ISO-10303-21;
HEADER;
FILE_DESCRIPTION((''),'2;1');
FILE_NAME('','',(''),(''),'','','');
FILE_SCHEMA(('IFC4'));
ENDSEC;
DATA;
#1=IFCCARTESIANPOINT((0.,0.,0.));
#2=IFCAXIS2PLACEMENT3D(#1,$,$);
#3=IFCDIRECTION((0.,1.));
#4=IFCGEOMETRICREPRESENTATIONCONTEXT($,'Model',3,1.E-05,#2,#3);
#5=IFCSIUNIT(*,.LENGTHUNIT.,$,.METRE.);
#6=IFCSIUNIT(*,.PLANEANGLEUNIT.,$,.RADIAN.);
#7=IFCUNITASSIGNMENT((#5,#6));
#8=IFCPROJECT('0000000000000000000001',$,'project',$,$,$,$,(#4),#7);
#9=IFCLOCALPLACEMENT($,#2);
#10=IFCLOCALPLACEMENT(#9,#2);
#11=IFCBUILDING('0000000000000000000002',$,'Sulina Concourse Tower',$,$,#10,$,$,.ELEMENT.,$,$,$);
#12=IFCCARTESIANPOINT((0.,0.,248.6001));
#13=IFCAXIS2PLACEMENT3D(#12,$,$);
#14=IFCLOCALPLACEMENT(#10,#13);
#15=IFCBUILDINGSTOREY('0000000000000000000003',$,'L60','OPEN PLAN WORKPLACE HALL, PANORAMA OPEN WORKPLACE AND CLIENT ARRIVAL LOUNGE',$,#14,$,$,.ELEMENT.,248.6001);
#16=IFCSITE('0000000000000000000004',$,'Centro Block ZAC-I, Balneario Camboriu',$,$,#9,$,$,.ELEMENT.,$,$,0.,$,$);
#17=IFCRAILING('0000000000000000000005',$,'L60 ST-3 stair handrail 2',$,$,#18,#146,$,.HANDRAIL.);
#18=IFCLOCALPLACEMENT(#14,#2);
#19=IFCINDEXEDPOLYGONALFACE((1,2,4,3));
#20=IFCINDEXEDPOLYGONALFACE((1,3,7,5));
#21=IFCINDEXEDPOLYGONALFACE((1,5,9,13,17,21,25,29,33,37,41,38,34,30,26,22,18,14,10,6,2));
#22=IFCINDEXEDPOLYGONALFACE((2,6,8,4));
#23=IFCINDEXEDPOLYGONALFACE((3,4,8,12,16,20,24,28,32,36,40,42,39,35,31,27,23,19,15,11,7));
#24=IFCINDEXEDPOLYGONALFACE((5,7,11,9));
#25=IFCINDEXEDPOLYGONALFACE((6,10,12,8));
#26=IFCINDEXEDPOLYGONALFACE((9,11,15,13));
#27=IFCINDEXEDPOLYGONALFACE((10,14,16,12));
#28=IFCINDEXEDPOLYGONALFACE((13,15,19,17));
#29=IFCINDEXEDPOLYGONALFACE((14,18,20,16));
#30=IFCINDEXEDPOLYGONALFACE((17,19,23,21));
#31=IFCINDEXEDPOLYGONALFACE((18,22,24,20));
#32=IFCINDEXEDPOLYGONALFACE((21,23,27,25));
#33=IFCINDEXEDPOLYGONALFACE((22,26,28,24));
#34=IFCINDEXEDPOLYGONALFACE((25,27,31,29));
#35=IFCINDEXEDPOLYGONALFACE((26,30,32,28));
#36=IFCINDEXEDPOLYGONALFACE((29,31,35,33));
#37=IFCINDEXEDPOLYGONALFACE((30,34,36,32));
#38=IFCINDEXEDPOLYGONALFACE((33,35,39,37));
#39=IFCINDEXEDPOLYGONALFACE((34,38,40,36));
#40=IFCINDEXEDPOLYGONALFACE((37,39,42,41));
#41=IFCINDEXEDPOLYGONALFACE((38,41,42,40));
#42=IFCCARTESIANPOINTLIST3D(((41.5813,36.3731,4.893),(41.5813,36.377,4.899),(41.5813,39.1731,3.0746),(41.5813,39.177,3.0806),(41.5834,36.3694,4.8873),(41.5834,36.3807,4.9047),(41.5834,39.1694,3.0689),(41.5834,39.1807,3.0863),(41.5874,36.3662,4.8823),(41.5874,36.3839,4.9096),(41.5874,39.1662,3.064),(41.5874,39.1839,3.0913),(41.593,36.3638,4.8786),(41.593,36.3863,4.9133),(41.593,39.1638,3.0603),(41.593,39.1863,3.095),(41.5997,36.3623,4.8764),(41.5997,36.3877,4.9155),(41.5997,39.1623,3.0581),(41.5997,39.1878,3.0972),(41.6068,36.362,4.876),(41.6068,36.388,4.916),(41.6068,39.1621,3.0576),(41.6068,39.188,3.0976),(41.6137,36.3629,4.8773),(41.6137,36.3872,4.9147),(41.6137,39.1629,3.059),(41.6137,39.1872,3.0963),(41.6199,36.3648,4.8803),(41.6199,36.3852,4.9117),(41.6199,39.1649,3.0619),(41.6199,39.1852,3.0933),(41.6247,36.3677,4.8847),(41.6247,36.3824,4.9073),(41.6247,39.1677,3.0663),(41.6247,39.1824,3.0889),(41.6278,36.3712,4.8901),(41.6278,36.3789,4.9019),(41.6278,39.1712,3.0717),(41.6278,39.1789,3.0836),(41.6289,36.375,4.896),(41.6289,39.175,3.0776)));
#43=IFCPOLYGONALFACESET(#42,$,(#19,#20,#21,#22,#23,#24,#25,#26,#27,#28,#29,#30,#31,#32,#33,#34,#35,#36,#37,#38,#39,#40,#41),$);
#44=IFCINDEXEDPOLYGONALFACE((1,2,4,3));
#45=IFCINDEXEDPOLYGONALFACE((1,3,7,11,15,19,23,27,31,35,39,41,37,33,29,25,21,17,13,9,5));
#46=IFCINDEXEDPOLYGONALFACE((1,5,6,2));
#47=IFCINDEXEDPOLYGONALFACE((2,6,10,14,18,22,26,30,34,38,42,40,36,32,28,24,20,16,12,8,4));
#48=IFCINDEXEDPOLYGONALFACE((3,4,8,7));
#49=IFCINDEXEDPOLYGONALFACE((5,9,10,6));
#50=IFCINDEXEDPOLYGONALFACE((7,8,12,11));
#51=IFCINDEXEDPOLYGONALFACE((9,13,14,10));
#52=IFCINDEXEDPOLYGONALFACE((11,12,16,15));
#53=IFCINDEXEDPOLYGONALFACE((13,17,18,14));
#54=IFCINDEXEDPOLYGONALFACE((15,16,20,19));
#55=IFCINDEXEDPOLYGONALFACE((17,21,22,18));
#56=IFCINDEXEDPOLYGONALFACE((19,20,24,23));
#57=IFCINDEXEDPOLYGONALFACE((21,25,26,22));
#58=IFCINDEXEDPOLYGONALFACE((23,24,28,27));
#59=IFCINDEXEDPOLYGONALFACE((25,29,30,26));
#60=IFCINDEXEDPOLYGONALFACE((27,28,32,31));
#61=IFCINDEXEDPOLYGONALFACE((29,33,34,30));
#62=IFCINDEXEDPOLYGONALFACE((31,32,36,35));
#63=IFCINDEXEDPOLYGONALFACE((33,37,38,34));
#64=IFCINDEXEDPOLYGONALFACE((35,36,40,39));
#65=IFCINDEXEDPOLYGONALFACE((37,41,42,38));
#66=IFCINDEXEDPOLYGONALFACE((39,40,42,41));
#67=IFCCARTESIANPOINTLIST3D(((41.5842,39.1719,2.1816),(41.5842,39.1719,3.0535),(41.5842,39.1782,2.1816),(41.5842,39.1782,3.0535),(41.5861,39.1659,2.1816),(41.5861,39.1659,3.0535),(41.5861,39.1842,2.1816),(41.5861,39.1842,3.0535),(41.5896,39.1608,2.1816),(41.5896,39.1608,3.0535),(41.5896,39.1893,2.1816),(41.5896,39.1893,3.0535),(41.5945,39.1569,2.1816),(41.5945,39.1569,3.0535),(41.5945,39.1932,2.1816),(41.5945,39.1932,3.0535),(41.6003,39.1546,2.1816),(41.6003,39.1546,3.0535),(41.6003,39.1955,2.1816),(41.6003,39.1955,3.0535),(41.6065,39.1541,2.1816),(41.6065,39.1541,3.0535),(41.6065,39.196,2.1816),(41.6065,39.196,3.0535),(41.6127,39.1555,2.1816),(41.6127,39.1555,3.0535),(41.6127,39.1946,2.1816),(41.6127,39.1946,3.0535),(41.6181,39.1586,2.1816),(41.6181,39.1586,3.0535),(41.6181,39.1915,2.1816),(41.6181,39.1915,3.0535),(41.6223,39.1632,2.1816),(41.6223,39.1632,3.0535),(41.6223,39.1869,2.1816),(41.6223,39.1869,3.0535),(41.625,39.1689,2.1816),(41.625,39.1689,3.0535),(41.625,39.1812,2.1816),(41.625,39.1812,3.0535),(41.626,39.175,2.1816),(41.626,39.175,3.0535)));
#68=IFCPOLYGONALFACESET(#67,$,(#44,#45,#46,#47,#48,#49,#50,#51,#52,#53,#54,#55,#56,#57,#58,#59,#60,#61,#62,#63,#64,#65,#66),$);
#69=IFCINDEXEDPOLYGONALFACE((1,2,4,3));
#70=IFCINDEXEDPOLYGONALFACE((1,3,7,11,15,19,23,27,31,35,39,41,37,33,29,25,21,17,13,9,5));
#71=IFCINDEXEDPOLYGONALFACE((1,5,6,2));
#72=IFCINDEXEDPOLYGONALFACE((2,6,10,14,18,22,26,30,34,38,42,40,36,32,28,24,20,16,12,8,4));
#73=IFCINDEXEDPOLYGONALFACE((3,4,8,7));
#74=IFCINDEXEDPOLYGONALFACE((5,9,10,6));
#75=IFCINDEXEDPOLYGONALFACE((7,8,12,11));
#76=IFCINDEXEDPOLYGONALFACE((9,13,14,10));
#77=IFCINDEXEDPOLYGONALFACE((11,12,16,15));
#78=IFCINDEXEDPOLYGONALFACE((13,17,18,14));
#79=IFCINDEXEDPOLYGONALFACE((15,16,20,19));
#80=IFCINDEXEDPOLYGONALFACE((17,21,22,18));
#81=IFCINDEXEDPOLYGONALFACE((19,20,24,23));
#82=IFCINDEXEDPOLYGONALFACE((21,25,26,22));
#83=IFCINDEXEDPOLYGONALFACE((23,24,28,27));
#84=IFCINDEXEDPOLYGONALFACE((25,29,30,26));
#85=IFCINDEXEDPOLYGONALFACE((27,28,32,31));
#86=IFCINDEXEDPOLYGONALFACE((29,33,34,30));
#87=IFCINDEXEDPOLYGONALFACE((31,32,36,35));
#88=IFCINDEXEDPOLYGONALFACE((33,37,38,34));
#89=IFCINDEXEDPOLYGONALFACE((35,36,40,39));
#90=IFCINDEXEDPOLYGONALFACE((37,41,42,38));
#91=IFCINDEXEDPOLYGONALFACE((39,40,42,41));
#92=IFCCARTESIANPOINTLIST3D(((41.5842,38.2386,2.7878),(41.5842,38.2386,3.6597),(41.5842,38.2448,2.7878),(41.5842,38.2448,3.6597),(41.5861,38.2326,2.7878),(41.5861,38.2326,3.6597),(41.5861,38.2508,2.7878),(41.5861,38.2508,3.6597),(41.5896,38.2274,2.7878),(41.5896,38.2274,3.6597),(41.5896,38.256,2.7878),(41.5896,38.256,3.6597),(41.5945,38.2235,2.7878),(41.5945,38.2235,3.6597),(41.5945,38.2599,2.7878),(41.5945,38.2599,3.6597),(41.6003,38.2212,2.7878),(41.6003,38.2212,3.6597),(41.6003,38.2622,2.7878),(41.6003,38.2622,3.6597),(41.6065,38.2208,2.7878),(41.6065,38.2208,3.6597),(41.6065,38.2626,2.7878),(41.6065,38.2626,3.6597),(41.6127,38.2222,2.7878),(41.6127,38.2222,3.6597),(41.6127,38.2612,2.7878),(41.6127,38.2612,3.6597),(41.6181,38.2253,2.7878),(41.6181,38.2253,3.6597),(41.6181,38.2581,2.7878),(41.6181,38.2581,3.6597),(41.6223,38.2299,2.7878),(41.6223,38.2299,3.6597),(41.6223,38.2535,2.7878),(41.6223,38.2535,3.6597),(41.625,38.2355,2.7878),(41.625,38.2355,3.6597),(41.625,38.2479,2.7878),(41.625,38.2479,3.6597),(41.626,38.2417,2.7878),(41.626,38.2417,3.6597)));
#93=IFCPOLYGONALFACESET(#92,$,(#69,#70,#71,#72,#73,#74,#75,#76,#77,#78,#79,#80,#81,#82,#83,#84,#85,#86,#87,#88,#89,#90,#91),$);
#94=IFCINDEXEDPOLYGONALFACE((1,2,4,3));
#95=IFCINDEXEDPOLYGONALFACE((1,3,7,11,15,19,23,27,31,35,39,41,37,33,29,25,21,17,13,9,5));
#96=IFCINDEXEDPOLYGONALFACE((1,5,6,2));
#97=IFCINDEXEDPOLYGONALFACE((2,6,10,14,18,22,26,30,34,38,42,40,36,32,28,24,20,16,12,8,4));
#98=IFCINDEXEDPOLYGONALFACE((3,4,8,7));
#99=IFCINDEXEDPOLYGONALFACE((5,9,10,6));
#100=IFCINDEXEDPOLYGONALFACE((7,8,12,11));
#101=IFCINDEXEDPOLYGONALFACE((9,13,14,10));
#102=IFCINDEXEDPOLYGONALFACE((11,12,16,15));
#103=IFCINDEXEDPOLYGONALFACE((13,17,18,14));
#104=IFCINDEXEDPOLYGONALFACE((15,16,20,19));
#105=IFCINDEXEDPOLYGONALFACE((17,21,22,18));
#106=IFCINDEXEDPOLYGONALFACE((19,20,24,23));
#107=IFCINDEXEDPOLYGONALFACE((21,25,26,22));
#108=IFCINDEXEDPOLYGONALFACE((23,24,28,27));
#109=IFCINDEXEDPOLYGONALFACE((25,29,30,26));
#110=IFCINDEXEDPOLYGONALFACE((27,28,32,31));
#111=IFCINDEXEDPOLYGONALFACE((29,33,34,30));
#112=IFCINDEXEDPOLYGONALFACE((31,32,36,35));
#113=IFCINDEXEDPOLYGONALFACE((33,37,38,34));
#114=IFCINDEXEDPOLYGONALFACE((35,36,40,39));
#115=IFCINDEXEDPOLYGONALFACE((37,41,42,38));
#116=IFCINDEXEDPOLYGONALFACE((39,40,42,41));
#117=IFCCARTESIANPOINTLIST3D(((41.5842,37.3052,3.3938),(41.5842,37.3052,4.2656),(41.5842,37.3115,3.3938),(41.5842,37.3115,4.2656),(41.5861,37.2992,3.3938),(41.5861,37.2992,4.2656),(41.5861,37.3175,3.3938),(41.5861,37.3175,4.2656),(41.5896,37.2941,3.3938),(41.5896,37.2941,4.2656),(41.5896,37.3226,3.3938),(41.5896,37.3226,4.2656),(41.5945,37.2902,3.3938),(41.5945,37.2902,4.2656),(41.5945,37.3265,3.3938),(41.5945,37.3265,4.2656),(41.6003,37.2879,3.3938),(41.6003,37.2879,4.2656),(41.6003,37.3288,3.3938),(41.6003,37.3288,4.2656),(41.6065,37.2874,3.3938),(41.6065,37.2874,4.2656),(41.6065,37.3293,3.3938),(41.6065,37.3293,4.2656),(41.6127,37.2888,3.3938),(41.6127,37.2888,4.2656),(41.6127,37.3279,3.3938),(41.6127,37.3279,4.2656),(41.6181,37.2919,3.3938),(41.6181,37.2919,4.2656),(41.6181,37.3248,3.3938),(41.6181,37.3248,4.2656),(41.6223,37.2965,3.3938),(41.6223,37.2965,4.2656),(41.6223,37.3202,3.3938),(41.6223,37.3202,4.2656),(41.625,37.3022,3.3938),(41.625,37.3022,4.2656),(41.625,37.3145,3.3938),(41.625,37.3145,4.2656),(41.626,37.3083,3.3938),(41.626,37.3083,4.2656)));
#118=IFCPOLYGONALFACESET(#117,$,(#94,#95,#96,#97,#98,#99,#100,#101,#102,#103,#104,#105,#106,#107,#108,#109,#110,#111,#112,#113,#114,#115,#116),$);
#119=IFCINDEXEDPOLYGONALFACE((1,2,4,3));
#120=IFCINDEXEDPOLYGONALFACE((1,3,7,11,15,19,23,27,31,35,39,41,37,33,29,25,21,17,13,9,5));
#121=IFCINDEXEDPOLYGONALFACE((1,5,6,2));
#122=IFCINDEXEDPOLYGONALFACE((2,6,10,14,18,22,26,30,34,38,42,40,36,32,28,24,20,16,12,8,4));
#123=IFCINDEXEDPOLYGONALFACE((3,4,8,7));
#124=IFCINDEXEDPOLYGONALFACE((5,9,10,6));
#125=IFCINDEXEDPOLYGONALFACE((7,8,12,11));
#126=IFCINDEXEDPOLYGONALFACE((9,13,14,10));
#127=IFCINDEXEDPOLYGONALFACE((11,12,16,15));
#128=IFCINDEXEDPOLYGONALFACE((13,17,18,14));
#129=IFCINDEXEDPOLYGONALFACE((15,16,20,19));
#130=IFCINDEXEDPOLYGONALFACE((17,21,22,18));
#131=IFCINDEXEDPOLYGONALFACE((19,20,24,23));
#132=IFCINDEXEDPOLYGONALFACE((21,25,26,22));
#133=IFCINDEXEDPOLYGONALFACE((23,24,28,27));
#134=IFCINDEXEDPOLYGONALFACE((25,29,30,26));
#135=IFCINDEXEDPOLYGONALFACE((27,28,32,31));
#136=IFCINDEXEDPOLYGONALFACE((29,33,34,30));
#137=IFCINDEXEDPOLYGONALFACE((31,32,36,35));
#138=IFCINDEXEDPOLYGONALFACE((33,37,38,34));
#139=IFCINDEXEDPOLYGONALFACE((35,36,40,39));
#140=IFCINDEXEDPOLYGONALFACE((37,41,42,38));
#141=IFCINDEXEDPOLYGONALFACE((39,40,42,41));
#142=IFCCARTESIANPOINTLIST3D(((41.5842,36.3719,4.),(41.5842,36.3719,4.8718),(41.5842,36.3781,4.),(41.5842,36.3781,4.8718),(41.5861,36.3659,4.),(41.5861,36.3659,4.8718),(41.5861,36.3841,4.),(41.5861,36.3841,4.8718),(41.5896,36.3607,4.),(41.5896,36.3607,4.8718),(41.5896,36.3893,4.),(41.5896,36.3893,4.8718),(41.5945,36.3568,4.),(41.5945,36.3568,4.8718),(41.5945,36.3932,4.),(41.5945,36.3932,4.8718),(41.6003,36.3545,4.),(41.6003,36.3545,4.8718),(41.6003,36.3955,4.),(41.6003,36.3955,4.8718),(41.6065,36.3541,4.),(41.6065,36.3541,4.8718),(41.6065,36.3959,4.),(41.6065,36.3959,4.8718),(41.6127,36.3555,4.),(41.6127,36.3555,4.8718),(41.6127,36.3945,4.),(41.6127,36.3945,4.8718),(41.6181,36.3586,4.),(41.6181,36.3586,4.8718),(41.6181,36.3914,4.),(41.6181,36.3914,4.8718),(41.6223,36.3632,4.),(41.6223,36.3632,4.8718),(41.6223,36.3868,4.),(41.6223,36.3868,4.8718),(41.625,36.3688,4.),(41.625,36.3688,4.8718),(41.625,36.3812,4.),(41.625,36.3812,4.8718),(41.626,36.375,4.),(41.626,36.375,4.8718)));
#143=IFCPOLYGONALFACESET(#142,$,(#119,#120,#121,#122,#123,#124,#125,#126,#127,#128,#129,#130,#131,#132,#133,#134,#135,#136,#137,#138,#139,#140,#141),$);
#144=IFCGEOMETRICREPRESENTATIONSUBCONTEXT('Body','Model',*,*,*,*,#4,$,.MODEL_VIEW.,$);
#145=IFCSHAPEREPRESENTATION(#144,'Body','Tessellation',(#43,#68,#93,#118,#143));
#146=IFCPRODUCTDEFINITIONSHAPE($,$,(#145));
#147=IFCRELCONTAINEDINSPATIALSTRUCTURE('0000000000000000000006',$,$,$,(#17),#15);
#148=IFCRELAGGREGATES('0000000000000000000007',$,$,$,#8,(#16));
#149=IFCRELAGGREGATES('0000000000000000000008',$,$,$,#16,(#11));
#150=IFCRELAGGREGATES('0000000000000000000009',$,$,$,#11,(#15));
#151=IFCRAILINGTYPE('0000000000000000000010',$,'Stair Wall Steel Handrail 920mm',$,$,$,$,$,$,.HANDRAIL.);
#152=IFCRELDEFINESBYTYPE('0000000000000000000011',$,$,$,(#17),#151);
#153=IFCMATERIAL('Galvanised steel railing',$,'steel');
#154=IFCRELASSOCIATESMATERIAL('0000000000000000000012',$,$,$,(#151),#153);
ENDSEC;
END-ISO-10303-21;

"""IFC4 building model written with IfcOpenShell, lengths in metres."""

from ifc_helpers import new_model, si_unit, direction, frame, origin, origin_2d, place, context, subcontext, project, spatial, circle, extrude, material, type_object, element, save


model = new_model("IFC4")

# Units and contexts
model_context = context("Model", 3, precision=1e-05, world=origin(), true_north=direction((0.0, 1.0)))
body_context = subcontext(model_context, "Body", "Model", "MODEL_VIEW")
ifc_project = project(units=[si_unit("LENGTHUNIT", "METRE"), si_unit("PLANEANGLEUNIT", "RADIAN")], contexts=[model_context])

# Site, building, storey
site_placement = place(None, origin())
site = spatial("IfcSite", under=ifc_project, at=site_placement, Name="Centro Block ZAC-I, Balneario Camboriu", CompositionType="ELEMENT", RefElevation=0.0)
building_placement = place(site_placement, origin())
building = spatial("IfcBuilding", under=site, at=building_placement, Name="Sulina Concourse Tower", CompositionType="ELEMENT")
storey_placement = place(building_placement, frame((0.0, 0.0, 248.6001)))
storey = spatial("IfcBuildingStorey", under=building, at=storey_placement, Name="L60", Description="OPEN PLAN WORKPLACE HALL, PANORAMA OPEN WORKPLACE AND CLIENT ARRIVAL LOUNGE", CompositionType="ELEMENT", Elevation=248.6001)

# Railing
ifc_material_1 = material(Name="Galvanised steel railing", Category="steel")
railing_type_1 = type_object("IfcRailingType", Name="Stair Wall Steel Handrail 920mm", PredefinedType="HANDRAIL", material=ifc_material_1)
railing_1_placement = place(storey_placement, frame((41.605, 39.175, 2.1816)))
element("IfcRailing", 1, at=railing_1_placement, inside=storey, type_object=railing_type_1, Name="L60 ST-3 stair handrail 2", PredefinedType="HANDRAIL", context=body_context, shape_type="SweptSolid", body=[
    extrude(circle(Radius=0.0239, at=origin_2d()), frame((0.0, 0.0, 0.896), z_axis=(0.0, -0.838672, 0.544636), x_axis=(1.0, 0.0, 0.0)), (0.0, 0.0, 1.0), 3.3386),
    extrude(circle(Radius=0.021, at=origin_2d()), origin(), (0.0, 0.0, 1.0), 0.8718),
    extrude(circle(Radius=0.021, at=origin_2d()), frame((0.0, -0.9333, 0.6062)), (0.0, 0.0, 1.0), 0.8718),
    extrude(circle(Radius=0.021, at=origin_2d()), frame((0.0, -1.8667, 1.2122)), (0.0, 0.0, 1.0), 0.8718),
    extrude(circle(Radius=0.021, at=origin_2d()), frame((0.0, -2.8, 1.8184)), (0.0, 0.0, 1.0), 0.8718),
])

save(model, "model.ifc")
